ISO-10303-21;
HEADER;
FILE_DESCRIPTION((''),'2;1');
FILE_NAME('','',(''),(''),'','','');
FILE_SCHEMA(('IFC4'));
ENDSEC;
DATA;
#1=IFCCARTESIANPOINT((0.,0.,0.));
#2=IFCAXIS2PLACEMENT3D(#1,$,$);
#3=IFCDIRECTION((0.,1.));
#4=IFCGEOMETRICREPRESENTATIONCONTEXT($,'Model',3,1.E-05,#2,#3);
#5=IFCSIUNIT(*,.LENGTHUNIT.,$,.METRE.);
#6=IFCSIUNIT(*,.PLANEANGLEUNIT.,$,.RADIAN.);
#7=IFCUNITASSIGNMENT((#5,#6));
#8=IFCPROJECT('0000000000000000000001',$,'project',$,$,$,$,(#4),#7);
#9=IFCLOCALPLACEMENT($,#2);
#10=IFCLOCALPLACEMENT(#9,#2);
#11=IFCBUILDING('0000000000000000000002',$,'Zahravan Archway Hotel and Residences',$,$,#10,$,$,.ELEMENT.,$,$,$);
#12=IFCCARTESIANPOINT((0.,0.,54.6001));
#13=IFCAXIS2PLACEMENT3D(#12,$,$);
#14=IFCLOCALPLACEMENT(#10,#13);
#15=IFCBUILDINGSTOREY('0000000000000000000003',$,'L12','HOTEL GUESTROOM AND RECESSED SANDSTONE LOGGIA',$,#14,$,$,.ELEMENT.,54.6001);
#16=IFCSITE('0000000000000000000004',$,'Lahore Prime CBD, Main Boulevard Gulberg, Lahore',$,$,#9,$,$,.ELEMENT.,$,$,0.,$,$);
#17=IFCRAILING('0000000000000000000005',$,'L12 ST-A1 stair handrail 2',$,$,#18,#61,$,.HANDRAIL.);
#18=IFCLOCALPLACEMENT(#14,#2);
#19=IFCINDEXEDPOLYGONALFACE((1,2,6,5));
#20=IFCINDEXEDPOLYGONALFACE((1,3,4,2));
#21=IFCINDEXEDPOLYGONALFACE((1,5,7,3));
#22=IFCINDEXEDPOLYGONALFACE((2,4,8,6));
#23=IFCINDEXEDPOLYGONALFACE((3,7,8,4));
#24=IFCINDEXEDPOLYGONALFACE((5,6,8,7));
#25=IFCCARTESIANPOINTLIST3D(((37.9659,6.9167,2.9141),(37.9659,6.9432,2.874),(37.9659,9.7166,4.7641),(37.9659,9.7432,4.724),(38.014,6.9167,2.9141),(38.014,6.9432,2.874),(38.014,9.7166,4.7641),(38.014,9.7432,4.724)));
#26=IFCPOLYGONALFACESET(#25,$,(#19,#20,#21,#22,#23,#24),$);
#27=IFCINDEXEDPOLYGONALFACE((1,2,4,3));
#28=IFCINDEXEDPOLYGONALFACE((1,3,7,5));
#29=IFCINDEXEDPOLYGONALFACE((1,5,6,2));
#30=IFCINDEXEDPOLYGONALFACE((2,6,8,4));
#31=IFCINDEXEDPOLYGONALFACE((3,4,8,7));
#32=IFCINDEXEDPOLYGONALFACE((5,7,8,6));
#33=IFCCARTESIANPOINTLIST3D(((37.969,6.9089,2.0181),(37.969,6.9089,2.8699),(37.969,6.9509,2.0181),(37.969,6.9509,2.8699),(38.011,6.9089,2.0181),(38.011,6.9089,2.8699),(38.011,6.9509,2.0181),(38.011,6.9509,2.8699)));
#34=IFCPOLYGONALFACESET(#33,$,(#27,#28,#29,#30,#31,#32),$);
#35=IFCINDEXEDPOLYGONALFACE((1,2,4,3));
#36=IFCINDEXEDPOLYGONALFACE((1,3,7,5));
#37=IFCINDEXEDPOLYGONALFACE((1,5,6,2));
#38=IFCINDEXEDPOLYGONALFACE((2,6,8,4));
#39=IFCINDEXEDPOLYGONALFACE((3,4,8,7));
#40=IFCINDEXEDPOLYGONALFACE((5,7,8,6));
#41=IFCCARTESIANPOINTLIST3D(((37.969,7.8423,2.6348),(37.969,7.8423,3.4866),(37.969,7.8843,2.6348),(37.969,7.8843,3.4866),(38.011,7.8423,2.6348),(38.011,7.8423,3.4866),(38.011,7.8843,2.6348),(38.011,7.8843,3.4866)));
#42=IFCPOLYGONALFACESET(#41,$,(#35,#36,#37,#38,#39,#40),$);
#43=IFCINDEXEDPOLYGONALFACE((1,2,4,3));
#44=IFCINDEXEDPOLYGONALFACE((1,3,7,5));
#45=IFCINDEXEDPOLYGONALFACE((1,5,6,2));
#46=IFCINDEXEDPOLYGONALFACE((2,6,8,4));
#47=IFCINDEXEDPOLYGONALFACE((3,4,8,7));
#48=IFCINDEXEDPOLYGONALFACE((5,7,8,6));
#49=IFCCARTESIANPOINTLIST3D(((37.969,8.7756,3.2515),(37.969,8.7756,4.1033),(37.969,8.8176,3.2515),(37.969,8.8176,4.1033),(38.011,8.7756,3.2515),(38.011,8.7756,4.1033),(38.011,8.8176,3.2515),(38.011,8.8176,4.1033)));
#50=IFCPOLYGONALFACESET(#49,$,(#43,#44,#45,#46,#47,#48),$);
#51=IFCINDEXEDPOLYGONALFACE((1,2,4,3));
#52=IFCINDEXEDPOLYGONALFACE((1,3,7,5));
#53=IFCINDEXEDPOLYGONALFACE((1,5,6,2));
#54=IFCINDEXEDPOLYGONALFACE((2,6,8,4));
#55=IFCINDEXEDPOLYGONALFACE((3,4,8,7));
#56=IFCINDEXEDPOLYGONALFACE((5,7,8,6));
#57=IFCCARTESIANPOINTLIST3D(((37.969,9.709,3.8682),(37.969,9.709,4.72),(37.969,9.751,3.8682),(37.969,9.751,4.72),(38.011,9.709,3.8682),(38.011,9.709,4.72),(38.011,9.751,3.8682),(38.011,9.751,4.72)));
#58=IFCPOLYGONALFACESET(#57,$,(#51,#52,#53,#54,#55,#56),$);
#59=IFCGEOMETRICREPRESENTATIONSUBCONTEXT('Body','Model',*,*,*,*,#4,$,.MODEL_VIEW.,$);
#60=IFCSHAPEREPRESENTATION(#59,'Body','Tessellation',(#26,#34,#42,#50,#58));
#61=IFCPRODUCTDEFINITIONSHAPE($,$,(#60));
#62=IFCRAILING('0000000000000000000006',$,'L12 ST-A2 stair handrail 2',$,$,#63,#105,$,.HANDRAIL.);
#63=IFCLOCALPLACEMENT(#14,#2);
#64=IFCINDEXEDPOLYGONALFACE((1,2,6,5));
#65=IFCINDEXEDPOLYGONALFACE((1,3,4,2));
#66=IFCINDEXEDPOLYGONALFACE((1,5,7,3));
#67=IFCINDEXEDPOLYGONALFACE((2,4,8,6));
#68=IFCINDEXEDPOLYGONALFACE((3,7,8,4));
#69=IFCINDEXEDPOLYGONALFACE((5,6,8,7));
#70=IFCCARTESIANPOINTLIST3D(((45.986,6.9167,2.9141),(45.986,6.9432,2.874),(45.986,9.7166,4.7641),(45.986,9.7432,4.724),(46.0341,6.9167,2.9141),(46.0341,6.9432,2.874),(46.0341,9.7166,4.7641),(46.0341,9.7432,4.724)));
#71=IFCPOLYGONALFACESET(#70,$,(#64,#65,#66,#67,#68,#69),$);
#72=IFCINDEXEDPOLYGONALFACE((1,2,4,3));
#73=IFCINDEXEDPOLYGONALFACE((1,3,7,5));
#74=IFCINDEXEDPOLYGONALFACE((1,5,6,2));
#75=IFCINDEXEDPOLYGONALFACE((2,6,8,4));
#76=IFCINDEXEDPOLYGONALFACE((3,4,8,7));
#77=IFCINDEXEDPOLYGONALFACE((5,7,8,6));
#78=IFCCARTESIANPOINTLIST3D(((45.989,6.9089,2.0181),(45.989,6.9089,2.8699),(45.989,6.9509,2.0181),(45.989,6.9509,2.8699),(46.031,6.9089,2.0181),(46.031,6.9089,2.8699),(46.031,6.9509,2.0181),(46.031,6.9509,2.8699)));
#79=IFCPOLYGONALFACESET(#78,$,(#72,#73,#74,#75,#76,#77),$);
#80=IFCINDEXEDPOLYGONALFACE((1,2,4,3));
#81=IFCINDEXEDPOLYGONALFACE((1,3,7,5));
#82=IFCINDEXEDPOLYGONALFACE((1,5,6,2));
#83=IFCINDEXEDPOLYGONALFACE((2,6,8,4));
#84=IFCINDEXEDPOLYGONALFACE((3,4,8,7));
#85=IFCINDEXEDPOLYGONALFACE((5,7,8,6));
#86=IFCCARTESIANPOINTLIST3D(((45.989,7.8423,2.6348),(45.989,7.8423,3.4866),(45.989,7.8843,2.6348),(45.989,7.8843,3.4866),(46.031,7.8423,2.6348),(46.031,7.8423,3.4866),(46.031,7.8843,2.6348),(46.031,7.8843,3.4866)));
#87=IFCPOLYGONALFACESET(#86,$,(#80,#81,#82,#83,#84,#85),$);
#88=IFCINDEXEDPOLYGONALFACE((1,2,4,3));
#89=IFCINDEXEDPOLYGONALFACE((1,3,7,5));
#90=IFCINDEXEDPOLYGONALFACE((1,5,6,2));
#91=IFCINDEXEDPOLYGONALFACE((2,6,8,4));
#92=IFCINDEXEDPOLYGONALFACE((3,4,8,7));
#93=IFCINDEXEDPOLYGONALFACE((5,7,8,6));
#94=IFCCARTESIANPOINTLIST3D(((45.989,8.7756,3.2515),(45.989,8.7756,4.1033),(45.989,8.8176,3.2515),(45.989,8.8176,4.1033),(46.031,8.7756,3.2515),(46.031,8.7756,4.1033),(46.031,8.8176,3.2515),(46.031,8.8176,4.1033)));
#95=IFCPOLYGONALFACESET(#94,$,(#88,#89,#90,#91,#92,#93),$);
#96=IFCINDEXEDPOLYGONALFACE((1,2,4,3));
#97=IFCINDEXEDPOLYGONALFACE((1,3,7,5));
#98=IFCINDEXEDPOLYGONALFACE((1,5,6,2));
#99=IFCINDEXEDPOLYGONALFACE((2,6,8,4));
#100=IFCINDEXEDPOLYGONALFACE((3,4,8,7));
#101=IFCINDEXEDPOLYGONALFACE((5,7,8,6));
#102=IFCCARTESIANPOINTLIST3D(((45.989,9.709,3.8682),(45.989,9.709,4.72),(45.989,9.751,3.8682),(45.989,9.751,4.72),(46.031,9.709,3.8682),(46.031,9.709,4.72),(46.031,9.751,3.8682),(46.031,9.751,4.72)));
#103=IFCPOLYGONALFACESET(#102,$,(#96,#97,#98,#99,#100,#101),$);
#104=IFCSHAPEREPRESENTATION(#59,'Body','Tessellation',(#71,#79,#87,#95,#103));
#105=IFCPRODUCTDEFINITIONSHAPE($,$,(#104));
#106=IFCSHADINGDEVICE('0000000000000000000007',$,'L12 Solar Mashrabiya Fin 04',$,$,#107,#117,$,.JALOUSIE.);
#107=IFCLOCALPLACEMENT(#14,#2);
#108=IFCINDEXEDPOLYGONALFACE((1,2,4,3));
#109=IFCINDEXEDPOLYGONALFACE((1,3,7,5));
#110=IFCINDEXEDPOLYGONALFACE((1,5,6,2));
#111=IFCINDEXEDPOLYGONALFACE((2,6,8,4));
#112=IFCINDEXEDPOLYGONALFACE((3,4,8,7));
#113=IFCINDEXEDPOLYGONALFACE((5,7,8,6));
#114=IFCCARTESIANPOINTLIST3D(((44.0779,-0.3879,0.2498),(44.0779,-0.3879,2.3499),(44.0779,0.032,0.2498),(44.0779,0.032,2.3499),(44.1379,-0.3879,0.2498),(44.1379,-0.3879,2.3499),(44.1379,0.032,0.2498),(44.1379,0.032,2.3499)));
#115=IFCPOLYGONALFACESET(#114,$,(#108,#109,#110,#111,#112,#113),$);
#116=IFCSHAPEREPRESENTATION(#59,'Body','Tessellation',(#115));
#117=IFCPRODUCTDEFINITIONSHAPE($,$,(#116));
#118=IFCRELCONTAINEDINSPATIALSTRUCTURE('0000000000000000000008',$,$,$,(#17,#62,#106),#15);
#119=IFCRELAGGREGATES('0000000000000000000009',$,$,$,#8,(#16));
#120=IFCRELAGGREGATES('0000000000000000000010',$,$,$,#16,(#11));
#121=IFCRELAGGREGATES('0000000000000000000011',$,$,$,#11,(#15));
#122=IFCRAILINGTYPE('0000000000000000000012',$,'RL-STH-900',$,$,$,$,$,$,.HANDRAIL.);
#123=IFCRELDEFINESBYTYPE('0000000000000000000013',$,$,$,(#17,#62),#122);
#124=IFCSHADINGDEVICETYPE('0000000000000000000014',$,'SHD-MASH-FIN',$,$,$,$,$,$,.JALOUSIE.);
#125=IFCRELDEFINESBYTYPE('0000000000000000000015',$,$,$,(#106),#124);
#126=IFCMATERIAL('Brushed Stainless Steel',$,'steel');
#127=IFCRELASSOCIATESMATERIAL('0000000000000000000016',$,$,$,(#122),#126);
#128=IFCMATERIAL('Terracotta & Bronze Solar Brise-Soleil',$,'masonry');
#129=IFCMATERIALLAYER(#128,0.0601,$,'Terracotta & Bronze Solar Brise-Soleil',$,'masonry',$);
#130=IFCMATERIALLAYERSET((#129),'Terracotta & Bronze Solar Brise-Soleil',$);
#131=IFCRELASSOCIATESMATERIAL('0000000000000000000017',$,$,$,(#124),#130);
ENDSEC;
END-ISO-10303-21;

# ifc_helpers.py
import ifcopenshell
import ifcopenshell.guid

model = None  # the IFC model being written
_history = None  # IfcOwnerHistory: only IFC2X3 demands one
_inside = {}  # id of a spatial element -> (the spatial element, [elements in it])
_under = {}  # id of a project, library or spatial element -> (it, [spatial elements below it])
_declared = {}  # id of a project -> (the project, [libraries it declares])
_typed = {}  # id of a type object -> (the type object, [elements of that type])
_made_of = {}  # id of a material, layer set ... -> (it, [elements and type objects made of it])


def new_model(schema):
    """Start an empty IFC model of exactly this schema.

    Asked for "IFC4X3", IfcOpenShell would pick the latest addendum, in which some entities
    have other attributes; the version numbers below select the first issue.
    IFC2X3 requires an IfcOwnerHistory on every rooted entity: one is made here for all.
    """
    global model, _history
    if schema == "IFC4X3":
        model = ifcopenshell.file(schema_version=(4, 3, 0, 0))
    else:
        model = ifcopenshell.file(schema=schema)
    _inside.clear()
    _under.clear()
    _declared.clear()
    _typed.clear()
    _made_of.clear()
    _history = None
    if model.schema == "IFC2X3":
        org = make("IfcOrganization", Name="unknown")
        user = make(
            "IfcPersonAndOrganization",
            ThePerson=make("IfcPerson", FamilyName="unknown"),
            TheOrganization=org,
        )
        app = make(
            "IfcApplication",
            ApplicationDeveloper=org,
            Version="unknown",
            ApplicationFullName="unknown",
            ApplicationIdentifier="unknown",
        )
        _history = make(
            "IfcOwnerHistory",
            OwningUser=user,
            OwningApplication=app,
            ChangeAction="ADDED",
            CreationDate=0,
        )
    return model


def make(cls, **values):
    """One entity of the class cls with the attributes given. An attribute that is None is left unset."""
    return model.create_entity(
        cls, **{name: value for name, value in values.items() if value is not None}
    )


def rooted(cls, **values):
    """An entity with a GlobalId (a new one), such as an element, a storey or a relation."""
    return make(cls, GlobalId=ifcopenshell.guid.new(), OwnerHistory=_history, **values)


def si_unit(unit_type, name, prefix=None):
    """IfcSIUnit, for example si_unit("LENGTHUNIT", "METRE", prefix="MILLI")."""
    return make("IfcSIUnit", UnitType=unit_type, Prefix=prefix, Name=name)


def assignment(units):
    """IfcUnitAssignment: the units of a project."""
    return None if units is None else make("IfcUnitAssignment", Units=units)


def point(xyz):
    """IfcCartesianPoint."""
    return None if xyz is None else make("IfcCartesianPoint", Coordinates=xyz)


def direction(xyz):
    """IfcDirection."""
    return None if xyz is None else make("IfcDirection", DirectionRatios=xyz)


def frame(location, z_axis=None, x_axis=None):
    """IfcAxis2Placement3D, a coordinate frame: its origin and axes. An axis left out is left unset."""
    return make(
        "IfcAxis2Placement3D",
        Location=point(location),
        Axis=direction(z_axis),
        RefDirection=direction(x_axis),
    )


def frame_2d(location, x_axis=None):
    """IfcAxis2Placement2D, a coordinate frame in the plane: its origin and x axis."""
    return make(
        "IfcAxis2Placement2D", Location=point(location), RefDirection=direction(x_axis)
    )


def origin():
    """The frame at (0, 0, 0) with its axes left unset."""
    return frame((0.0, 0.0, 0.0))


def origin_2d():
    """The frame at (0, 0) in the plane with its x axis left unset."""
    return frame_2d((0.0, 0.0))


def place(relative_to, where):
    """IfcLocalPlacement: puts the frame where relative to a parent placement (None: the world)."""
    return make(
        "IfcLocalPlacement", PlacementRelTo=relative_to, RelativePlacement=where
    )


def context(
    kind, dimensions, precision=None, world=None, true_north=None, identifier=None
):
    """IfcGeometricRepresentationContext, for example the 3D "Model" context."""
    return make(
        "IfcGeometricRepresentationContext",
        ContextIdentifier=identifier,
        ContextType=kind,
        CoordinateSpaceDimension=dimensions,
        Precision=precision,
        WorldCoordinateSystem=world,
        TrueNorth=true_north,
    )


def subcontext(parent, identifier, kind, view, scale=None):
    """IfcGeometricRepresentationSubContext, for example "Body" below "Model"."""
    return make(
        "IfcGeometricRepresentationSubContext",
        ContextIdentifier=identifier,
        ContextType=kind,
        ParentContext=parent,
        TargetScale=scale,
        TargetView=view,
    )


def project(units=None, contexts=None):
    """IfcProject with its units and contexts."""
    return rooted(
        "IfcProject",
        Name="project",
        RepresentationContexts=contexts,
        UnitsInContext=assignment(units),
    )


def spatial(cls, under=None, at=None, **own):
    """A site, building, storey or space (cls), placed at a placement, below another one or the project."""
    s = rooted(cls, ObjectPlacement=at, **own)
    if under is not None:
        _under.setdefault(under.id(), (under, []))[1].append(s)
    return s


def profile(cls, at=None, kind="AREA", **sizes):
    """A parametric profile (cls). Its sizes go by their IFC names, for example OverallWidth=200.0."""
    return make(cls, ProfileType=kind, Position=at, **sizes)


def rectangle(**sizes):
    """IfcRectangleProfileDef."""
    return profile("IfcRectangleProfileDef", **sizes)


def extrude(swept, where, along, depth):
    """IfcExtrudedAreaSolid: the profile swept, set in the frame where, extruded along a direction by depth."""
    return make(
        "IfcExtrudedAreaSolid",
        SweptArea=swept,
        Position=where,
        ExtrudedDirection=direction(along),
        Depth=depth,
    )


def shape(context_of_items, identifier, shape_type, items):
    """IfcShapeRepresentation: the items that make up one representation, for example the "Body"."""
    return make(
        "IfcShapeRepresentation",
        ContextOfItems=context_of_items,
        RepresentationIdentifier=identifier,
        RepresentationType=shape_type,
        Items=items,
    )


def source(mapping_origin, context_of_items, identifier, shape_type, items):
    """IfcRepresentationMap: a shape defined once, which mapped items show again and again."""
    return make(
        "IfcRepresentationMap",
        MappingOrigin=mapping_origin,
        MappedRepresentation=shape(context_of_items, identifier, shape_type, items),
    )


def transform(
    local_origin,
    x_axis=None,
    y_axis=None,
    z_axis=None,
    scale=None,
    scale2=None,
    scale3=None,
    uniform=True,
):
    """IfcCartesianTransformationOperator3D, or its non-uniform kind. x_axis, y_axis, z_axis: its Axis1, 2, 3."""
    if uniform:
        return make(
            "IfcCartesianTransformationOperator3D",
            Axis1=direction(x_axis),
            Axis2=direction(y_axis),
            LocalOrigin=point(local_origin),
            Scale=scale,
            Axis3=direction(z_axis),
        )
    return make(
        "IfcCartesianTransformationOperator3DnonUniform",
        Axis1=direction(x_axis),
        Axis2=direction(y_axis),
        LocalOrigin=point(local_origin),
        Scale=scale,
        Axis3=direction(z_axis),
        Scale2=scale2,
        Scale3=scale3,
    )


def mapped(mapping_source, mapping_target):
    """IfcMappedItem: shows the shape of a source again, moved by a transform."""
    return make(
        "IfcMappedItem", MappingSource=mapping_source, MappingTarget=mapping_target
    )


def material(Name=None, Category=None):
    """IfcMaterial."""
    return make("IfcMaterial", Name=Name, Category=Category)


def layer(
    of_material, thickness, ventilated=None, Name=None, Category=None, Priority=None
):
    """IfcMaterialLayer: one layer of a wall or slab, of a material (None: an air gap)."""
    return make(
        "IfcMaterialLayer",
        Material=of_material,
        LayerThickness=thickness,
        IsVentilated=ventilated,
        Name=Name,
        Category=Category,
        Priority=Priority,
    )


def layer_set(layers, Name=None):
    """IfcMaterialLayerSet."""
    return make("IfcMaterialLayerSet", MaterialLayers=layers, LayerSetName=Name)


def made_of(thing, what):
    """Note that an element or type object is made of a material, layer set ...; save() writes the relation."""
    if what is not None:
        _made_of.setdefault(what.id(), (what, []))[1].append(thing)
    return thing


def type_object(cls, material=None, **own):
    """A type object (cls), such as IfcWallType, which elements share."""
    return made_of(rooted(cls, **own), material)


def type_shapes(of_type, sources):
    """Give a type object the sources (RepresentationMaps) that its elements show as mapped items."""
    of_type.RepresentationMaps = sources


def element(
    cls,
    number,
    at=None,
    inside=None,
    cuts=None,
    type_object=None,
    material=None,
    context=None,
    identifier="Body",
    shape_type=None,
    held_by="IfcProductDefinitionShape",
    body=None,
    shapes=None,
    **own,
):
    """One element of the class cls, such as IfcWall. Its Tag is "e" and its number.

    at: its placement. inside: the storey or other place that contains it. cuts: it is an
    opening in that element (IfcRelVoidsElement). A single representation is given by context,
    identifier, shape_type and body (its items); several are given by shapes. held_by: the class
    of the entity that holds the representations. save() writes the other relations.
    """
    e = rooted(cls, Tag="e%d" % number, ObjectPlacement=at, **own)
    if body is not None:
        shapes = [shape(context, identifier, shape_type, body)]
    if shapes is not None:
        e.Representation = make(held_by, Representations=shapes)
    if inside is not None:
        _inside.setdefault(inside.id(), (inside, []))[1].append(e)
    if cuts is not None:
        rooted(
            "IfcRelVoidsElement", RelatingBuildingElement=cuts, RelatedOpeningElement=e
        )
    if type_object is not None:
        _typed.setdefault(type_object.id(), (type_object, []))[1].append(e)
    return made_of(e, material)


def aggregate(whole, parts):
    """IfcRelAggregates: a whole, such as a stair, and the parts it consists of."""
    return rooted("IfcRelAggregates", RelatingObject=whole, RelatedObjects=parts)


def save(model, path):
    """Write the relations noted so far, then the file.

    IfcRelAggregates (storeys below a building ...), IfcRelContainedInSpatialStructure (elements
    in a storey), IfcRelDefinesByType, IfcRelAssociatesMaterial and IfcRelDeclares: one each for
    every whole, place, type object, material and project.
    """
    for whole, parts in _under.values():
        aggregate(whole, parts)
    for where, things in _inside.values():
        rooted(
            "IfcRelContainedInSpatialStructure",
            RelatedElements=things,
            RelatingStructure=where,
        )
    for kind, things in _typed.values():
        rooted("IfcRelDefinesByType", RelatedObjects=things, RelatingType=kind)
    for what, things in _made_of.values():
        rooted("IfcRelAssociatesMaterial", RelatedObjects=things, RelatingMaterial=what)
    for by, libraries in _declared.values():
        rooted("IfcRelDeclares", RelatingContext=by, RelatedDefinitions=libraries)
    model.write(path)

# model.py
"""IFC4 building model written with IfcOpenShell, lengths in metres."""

from ifc_helpers import new_model, si_unit, direction, frame, origin, origin_2d, place, context, subcontext, project, spatial, rectangle, extrude, source, transform, mapped, material, layer, layer_set, type_object, type_shapes, element, save


model = new_model("IFC4")

# Units and contexts
model_context = context("Model", 3, precision=1e-05, world=origin(), true_north=direction((0.0, 1.0)))
body_context = subcontext(model_context, "Body", "Model", "MODEL_VIEW")
ifc_project = project(units=[si_unit("LENGTHUNIT", "METRE"), si_unit("PLANEANGLEUNIT", "RADIAN")], contexts=[model_context])

# Site, building, storey
site_placement = place(None, origin())
site = spatial("IfcSite", under=ifc_project, at=site_placement, Name="Lahore Prime CBD, Main Boulevard Gulberg, Lahore", CompositionType="ELEMENT", RefElevation=0.0)
building_placement = place(site_placement, origin())
building = spatial("IfcBuilding", under=site, at=building_placement, Name="Zahravan Archway Hotel and Residences", CompositionType="ELEMENT")
storey_placement = place(building_placement, frame((0.0, 0.0, 54.6001)))
storey = spatial("IfcBuildingStorey", under=building, at=storey_placement, Name="L12", Description="HOTEL GUESTROOM AND RECESSED SANDSTONE LOGGIA", CompositionType="ELEMENT", Elevation=54.6001)

# Railings
ifc_material_1 = material(Name="Brushed Stainless Steel", Category="steel")
railing_type_1 = type_object("IfcRailingType", Name="RL-STH-900", PredefinedType="HANDRAIL", material=ifc_material_1)
for number, where, name in (
    (1, (37.99, 6.9299, 2.0181), "L12 ST-A1 stair handrail 2"),
    (2, (46.01, 6.9299, 2.0181), "L12 ST-A2 stair handrail 2"),
):
    element("IfcRailing", number, at=place(storey_placement, frame(where)), inside=storey, type_object=railing_type_1, Name=name, PredefinedType="HANDRAIL", context=body_context, shape_type="SweptSolid", body=[
        extrude(rectangle(XDim=0.0481, YDim=0.0481, at=origin_2d()), frame((0.0, 0.0, 0.876), z_axis=(0.0, 0.834326, 0.551271), x_axis=(-1.0, 0.0, 0.0)), (0.0, 0.0, 1.0), 3.356),
        extrude(rectangle(XDim=0.042, YDim=0.042, at=origin_2d()), origin(), (0.0, 0.0, 1.0), 0.8518),
        extrude(rectangle(XDim=0.042, YDim=0.042, at=origin_2d()), frame((0.0, 0.9333, 0.6167)), (0.0, 0.0, 1.0), 0.8518),
        extrude(rectangle(XDim=0.042, YDim=0.042, at=origin_2d()), frame((0.0, 1.8667, 1.2334)), (0.0, 0.0, 1.0), 0.8518),
        extrude(rectangle(XDim=0.042, YDim=0.042, at=origin_2d()), frame((0.0, 2.8, 1.8501)), (0.0, 0.0, 1.0), 0.8518),
    ])

# Shading device
ifc_material_2 = material(Name="Terracotta & Bronze Solar Brise-Soleil", Category="masonry")
ifc_layer_1 = layer(ifc_material_2, 0.0601, Name="Terracotta & Bronze Solar Brise-Soleil", Category="masonry")
ifc_layer_set_1 = layer_set([ifc_layer_1], Name="Terracotta & Bronze Solar Brise-Soleil")
shading_device_type = type_object("IfcShadingDeviceType", Name="SHD-MASH-FIN", PredefinedType="JALOUSIE", material=ifc_layer_set_1)
shared_shape_1 = source(origin(), body_context, "Body", "SweptSolid", [
    extrude(rectangle(XDim=0.0601, YDim=0.4199, at=origin_2d()), origin(), (0.0, 0.0, 1.0), 2.1001),
])
type_shapes(shading_device_type, [shared_shape_1])
shading_device_placement = place(storey_placement, frame((44.1079, -0.178, 0.2498), z_axis=(0.0, 0.0, 1.0), x_axis=(1.0, 0.0, 0.0)))
element("IfcShadingDevice", 3, at=shading_device_placement, inside=storey, type_object=shading_device_type, Name="L12 Solar Mashrabiya Fin 04", PredefinedType="JALOUSIE", context=body_context, shape_type="MappedRepresentation", body=[
    mapped(shared_shape_1, transform((0.0, 0.0, 0.0), scale=1.0)),
])

save(model, "model.ifc")
